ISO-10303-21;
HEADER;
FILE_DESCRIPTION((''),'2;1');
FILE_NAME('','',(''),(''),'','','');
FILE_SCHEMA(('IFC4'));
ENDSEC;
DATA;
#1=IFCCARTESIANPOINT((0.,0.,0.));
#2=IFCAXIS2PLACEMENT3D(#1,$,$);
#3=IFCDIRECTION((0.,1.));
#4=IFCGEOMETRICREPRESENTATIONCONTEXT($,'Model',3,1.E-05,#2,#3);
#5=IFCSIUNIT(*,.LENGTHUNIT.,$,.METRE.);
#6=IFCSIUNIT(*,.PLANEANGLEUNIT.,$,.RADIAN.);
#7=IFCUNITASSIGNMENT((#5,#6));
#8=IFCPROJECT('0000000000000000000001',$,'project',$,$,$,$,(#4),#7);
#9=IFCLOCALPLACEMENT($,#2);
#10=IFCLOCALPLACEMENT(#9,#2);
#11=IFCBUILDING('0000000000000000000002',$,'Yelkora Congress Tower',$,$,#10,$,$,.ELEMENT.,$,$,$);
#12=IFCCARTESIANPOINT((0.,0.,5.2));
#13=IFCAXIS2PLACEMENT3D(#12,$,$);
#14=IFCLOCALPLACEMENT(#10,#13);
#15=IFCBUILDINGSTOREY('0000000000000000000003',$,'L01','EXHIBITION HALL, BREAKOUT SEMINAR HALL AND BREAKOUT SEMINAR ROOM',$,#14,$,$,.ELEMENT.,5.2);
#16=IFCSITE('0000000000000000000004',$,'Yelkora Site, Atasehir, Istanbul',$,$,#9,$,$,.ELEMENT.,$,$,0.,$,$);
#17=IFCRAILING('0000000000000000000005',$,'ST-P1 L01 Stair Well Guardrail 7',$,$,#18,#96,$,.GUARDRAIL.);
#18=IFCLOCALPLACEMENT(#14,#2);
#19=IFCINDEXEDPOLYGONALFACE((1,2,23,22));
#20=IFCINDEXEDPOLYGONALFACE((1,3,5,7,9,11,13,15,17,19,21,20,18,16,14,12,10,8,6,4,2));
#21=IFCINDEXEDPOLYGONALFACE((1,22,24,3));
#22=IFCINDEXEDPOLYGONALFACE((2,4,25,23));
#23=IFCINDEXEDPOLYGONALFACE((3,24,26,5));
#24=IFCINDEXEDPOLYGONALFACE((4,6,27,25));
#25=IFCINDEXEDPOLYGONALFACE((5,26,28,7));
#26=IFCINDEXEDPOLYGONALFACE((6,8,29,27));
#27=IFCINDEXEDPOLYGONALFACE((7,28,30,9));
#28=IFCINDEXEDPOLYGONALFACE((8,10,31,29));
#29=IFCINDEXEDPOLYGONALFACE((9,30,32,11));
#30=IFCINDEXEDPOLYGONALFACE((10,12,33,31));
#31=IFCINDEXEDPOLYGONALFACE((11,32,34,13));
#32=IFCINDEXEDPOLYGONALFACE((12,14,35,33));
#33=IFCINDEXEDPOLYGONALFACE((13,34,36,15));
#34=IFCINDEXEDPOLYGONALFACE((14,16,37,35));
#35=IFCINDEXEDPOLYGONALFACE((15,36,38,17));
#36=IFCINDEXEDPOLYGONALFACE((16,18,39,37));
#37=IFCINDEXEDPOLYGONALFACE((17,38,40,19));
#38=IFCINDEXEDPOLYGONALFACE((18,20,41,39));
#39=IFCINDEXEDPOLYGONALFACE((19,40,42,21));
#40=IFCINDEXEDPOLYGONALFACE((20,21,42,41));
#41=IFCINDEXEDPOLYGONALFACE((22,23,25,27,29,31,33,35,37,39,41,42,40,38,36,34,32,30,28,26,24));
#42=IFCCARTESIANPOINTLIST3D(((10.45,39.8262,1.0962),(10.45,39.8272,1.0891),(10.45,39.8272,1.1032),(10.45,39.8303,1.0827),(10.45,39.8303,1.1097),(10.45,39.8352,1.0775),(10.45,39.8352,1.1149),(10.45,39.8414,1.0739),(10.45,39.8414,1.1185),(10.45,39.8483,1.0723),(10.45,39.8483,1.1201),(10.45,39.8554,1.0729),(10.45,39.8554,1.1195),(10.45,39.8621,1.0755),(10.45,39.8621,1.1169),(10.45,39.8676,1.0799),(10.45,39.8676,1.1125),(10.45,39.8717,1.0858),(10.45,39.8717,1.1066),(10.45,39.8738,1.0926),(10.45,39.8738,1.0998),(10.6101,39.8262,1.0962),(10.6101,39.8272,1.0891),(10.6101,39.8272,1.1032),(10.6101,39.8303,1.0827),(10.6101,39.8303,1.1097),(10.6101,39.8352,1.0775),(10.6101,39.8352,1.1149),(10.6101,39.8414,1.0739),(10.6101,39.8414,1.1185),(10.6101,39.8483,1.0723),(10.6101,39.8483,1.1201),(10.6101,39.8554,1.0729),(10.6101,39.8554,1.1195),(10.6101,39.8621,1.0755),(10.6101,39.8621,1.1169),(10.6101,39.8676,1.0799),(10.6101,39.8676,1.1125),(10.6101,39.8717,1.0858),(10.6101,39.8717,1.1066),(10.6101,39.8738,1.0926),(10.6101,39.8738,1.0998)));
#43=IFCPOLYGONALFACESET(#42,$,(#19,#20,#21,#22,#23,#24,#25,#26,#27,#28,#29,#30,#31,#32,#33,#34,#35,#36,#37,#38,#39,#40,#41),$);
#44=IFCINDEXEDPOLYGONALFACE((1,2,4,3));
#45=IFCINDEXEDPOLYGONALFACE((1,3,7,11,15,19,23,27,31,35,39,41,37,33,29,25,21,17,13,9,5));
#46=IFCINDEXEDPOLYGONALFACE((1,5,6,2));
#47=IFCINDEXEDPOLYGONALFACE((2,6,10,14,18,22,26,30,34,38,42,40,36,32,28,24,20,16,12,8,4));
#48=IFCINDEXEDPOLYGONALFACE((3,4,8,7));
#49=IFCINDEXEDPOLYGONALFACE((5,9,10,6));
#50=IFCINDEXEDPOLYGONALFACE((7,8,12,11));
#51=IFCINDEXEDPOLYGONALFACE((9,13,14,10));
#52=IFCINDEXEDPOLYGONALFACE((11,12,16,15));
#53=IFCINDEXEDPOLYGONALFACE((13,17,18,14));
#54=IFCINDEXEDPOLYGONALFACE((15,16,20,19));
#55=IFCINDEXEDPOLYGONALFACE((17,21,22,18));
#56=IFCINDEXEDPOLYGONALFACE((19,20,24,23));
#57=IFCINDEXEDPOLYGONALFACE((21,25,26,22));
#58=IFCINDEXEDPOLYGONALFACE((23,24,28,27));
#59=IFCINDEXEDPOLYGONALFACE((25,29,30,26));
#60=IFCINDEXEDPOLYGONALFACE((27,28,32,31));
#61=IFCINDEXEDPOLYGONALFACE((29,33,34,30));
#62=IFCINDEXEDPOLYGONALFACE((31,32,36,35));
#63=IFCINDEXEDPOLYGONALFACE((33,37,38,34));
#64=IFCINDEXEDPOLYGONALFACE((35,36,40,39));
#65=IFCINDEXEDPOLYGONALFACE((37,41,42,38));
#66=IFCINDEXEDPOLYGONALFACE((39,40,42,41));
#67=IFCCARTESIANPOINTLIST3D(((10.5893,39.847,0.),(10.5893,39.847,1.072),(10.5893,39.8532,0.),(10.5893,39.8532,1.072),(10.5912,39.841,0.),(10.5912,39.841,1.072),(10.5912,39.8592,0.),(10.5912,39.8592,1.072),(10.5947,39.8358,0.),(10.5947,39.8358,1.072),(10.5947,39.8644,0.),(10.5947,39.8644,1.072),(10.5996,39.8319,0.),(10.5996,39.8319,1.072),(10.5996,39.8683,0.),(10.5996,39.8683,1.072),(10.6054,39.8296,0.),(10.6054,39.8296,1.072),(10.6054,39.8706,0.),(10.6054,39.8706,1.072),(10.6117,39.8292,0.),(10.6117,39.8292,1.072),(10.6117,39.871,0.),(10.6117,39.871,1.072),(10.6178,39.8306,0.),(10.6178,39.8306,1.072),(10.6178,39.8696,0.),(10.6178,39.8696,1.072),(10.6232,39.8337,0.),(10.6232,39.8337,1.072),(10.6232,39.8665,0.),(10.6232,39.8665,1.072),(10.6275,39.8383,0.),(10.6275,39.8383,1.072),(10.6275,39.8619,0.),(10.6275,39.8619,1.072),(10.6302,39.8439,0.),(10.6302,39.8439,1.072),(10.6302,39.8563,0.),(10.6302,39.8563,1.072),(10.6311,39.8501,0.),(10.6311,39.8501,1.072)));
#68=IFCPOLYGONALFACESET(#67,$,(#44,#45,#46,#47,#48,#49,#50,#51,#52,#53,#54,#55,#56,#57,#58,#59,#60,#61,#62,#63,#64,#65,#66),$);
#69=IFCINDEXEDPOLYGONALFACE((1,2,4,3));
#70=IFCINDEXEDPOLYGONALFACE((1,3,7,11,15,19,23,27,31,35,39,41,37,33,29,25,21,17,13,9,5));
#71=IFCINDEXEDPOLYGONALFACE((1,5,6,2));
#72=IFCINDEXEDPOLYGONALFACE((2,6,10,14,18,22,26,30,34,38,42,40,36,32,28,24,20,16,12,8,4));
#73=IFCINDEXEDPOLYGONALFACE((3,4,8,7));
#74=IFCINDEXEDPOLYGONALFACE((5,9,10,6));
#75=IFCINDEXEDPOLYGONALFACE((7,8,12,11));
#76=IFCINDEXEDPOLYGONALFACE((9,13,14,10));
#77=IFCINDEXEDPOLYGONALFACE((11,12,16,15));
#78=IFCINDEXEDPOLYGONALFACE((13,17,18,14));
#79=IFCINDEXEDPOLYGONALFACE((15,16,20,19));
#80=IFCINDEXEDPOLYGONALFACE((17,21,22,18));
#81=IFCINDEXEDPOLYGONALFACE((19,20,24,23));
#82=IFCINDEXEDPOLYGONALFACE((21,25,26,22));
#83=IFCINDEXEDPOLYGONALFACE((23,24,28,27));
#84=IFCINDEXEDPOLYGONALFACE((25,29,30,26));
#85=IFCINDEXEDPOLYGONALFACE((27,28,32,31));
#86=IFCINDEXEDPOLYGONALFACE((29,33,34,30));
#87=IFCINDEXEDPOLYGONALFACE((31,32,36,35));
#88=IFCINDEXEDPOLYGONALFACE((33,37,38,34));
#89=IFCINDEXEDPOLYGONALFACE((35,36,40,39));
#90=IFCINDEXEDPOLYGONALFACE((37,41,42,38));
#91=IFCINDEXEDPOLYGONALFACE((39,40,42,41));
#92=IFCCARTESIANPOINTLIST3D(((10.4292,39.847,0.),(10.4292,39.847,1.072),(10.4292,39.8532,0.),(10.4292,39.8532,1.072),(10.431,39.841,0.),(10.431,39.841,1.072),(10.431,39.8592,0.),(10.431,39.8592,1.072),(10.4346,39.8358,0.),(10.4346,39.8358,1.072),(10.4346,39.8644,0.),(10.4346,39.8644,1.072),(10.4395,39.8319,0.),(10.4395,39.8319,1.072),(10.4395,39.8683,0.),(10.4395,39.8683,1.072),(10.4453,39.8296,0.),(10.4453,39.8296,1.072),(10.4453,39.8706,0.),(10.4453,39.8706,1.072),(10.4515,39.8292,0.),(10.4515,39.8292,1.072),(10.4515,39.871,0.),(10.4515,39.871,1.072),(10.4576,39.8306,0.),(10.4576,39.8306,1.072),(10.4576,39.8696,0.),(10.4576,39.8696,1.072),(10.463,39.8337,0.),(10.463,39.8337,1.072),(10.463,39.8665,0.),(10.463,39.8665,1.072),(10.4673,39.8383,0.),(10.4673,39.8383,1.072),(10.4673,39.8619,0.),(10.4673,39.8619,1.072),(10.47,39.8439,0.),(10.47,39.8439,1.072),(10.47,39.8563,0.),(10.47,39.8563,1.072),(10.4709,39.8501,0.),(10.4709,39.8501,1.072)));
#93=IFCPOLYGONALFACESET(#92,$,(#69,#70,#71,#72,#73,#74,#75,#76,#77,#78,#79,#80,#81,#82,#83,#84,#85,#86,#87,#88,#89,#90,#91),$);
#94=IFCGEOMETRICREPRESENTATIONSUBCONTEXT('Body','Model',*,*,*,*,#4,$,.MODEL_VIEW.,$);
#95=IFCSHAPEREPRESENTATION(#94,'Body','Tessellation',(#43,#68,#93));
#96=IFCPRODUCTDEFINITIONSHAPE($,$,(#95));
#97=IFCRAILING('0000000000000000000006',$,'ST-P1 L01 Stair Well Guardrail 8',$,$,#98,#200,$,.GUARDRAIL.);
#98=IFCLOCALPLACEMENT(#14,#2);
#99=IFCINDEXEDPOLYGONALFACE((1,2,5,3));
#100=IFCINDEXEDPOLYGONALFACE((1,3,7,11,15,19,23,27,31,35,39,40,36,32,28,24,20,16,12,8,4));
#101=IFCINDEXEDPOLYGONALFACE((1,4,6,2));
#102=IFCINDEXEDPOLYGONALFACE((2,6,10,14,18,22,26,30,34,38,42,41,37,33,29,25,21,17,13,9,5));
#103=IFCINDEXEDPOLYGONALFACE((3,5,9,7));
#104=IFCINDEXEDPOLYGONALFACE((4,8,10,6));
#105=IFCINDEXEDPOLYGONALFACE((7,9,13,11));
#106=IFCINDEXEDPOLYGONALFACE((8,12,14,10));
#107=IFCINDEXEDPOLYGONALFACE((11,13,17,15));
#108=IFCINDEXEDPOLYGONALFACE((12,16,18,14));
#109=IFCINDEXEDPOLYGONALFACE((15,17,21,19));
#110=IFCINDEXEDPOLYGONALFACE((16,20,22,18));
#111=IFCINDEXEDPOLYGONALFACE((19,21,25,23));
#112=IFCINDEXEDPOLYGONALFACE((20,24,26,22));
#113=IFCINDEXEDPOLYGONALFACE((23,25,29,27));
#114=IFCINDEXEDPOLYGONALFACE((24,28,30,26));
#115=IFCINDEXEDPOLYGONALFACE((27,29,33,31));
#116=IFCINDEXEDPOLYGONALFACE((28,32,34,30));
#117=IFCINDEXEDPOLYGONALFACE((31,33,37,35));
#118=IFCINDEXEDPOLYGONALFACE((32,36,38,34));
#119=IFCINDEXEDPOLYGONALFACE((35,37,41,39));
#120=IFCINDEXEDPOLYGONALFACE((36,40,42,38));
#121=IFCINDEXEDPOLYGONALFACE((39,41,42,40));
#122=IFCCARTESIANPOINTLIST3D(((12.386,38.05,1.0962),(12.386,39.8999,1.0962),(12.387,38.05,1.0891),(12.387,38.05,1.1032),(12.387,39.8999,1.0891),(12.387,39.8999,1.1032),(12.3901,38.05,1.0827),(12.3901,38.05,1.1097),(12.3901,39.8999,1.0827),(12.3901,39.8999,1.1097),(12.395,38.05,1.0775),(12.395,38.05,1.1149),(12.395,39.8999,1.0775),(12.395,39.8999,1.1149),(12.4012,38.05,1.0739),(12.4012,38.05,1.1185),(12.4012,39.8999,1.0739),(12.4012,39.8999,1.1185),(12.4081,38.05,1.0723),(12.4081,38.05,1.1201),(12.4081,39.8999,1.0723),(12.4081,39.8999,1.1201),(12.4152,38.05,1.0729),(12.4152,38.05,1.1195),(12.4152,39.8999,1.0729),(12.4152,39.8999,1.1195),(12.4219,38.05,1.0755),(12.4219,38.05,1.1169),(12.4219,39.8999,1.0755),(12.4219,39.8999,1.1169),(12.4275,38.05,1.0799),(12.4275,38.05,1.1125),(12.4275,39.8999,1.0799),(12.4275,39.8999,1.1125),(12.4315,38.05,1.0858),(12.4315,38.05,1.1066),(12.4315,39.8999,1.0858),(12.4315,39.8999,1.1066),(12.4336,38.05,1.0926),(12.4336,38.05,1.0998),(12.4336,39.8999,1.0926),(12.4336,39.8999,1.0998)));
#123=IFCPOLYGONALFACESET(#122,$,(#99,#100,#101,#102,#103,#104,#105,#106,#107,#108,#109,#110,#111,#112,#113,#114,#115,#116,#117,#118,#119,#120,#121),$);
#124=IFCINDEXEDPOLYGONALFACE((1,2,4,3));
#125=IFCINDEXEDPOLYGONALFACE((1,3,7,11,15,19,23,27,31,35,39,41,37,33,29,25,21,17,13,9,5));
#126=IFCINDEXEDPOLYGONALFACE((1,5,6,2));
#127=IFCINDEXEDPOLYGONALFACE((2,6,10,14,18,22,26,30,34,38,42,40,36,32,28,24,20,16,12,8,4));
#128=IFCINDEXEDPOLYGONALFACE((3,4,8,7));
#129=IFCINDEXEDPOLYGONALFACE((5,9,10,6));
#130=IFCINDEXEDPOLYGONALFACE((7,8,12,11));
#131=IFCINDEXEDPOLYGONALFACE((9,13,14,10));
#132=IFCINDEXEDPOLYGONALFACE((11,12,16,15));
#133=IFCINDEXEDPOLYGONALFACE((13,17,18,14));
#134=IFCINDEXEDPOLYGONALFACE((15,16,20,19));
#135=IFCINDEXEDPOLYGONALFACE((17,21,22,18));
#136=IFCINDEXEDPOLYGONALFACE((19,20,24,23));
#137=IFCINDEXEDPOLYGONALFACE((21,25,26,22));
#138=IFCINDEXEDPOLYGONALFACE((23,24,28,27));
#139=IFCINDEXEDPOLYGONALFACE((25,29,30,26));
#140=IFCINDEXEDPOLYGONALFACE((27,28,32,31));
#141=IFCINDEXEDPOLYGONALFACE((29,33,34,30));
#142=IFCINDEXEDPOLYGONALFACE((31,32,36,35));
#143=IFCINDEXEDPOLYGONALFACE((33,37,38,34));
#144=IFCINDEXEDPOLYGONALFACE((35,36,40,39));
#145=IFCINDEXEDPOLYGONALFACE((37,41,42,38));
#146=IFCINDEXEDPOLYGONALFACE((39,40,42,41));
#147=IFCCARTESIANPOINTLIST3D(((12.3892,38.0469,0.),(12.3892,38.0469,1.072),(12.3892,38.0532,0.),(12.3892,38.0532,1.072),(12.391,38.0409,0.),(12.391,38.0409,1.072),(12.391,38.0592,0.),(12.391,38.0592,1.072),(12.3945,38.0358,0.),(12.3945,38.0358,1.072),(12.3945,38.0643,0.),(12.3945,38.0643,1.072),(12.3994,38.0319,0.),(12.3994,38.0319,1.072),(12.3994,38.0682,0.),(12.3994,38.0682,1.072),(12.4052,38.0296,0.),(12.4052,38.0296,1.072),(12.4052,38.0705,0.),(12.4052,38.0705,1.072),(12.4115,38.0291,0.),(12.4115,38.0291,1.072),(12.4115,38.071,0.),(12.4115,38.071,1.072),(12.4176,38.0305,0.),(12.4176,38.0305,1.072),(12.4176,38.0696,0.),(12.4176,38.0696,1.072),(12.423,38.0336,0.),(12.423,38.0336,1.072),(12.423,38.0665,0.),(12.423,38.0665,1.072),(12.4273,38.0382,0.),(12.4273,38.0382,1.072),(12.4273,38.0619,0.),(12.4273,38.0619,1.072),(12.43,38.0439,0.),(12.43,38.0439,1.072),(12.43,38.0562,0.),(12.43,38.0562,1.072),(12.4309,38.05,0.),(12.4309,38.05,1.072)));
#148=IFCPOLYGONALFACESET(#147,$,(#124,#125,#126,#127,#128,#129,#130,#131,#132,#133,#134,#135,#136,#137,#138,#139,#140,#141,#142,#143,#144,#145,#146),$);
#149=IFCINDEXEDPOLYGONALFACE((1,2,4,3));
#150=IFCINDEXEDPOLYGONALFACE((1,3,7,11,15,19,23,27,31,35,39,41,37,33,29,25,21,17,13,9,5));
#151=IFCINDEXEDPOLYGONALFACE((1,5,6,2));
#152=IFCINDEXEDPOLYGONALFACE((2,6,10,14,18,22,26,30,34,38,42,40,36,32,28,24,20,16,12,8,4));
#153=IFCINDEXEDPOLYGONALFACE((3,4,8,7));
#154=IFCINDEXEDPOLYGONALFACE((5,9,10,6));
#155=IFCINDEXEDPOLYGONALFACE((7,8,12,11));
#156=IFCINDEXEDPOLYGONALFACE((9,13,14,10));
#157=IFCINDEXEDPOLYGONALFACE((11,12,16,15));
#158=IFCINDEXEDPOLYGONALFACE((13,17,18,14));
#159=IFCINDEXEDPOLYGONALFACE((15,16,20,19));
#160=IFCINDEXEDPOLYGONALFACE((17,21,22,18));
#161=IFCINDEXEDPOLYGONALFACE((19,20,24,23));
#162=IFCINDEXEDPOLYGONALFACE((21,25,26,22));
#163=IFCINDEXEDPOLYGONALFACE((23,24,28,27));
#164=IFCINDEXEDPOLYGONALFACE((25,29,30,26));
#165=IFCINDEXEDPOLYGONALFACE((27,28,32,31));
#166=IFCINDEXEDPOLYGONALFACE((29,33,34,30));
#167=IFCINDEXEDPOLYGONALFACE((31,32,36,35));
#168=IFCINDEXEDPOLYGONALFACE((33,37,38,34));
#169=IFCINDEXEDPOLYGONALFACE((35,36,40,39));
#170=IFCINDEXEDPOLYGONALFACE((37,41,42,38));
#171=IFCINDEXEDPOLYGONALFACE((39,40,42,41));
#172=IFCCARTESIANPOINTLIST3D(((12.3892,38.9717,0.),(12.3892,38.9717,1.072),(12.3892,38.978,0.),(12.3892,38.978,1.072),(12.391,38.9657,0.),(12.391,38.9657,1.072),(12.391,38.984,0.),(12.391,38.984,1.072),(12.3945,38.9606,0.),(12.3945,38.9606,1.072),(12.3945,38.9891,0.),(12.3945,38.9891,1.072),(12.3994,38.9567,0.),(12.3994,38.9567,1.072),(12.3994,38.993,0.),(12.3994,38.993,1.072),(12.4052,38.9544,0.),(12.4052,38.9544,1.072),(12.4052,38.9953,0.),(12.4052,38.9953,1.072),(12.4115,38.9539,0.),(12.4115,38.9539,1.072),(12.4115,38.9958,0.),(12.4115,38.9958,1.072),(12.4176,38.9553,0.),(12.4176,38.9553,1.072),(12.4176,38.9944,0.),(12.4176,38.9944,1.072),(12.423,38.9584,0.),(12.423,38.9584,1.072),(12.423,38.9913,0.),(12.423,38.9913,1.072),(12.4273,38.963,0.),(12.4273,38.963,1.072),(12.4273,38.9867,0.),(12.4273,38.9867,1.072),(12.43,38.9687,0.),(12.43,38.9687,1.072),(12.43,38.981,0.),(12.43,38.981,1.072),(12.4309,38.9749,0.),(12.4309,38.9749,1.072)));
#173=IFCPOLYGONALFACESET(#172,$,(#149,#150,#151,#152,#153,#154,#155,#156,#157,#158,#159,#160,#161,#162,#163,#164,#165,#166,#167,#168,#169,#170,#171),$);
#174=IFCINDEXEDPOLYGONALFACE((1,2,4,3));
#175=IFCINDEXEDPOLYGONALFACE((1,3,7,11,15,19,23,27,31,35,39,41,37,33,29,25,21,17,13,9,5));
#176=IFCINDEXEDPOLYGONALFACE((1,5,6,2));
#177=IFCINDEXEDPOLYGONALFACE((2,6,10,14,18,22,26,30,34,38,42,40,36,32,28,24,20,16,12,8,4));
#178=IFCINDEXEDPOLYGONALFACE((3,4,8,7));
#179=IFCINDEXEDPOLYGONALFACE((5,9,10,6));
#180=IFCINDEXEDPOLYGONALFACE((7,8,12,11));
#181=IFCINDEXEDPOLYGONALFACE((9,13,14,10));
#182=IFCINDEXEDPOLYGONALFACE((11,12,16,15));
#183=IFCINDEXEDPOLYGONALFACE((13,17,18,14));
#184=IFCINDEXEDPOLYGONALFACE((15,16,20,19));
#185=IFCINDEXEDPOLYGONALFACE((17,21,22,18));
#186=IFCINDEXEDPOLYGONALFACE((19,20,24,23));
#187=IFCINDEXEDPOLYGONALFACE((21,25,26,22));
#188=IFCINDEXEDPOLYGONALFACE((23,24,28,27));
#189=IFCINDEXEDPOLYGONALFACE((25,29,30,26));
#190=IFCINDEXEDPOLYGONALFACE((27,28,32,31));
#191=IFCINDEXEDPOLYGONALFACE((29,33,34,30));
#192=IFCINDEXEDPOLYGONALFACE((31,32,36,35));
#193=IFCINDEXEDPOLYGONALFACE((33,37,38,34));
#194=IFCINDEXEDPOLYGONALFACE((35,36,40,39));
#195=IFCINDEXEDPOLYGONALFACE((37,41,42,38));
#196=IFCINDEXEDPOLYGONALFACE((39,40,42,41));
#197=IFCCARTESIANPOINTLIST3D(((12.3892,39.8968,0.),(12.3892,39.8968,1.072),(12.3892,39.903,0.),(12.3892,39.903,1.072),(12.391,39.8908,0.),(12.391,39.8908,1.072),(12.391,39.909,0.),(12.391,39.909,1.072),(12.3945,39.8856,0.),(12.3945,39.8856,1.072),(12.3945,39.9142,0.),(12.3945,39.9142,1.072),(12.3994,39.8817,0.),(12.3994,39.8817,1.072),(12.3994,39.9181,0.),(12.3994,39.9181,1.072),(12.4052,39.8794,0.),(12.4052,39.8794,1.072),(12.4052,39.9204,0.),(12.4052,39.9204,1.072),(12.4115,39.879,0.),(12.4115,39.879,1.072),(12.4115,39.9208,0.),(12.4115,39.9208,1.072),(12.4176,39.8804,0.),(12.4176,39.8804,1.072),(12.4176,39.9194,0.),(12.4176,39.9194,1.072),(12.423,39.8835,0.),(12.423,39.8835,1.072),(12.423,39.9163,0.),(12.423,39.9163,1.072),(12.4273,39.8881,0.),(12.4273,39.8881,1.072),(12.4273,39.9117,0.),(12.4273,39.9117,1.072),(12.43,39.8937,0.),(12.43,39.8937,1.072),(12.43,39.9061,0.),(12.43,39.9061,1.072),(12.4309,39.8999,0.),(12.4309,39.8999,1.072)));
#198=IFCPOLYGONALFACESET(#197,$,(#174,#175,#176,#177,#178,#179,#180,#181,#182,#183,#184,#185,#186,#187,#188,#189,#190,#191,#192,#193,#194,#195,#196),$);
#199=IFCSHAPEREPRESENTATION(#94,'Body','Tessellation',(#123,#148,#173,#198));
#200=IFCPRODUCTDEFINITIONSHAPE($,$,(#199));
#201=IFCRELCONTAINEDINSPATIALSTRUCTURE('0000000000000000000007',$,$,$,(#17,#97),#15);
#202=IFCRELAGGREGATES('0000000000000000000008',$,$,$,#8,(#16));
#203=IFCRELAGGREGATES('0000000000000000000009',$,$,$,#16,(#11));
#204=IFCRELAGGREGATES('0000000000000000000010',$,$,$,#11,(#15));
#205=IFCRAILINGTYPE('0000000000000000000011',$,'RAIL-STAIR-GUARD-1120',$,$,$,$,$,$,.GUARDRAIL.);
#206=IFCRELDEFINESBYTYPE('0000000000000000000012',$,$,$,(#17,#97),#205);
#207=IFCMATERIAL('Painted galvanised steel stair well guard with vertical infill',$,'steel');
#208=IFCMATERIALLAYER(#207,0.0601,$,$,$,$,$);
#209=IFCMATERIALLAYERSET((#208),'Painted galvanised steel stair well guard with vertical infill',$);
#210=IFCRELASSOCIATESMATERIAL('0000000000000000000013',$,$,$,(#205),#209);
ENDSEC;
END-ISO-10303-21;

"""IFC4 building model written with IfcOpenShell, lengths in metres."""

from ifc_helpers import new_model, si_unit, direction, frame, origin, origin_2d, place, context, subcontext, project, spatial, circle, extrude, material, layer, layer_set, type_object, element, save


model = new_model("IFC4")

# Units and contexts
model_context = context("Model", 3, precision=1e-05, world=origin(), true_north=direction((0.0, 1.0)))
body_context = subcontext(model_context, "Body", "Model", "MODEL_VIEW")
ifc_project = project(units=[si_unit("LENGTHUNIT", "METRE"), si_unit("PLANEANGLEUNIT", "RADIAN")], contexts=[model_context])

# Site, building, storey
site_placement = place(None, origin())
site = spatial("IfcSite", under=ifc_project, at=site_placement, Name="Yelkora Site, Atasehir, Istanbul", CompositionType="ELEMENT", RefElevation=0.0)
building_placement = place(site_placement, origin())
building = spatial("IfcBuilding", under=site, at=building_placement, Name="Yelkora Congress Tower", CompositionType="ELEMENT")
storey_placement = place(building_placement, frame((0.0, 0.0, 5.2)))
storey = spatial("IfcBuildingStorey", under=building, at=storey_placement, Name="L01", Description="EXHIBITION HALL, BREAKOUT SEMINAR HALL AND BREAKOUT SEMINAR ROOM", CompositionType="ELEMENT", Elevation=5.2)

# Railings
ifc_material_1 = material(Name="Painted galvanised steel stair well guard with vertical infill", Category="steel")
ifc_layer_1 = layer(ifc_material_1, 0.0601)
ifc_layer_set_1 = layer_set([ifc_layer_1], Name="Painted galvanised steel stair well guard with vertical infill")
railing_type = type_object("IfcRailingType", Name="RAIL-STAIR-GUARD-1120", PredefinedType="GUARDRAIL", material=ifc_layer_set_1)
railing_placement = place(storey_placement, frame((10.6101, 39.8501, 0.0)))
element("IfcRailing", 1, at=railing_placement, inside=storey, type_object=railing_type, Name="ST-P1 L01 Stair Well Guardrail 7", PredefinedType="GUARDRAIL", context=body_context, shape_type="SweptSolid", body=[
    extrude(circle(Radius=0.0239, at=origin_2d()), frame((0.0, 0.0, 1.0962), z_axis=(-1.0, 0.0, 0.0), x_axis=(0.0, -1.0, 0.0)), (0.0, 0.0, 1.0), 0.1602),
    extrude(circle(Radius=0.021, at=origin_2d()), origin(), (0.0, 0.0, 1.0), 1.072),
    extrude(circle(Radius=0.021, at=origin_2d()), frame((-0.1602, 0.0, 0.0)), (0.0, 0.0, 1.0), 1.072),
])
for number, where, name in (
    (2, (12.4099, 38.05, 0.0), "ST-P1 L01 Stair Well Guardrail 8"),
):
    element("IfcRailing", number, at=place(storey_placement, frame(where)), inside=storey, type_object=railing_type, Name=name, PredefinedType="GUARDRAIL", context=body_context, shape_type="SweptSolid", body=[
        extrude(circle(Radius=0.0239, at=origin_2d()), frame((0.0, 0.0, 1.0962), z_axis=(0.0, 1.0, 0.0), x_axis=(-1.0, 0.0, 0.0)), (0.0, 0.0, 1.0), 1.8499),
        extrude(circle(Radius=0.021, at=origin_2d()), origin(), (0.0, 0.0, 1.0), 1.072),
        extrude(circle(Radius=0.021, at=origin_2d()), frame((0.0, 0.9248, 0.0)), (0.0, 0.0, 1.0), 1.072),
        extrude(circle(Radius=0.021, at=origin_2d()), frame((0.0, 1.8499, 0.0)), (0.0, 0.0, 1.0), 1.072),
    ])

save(model, "model.ifc")
